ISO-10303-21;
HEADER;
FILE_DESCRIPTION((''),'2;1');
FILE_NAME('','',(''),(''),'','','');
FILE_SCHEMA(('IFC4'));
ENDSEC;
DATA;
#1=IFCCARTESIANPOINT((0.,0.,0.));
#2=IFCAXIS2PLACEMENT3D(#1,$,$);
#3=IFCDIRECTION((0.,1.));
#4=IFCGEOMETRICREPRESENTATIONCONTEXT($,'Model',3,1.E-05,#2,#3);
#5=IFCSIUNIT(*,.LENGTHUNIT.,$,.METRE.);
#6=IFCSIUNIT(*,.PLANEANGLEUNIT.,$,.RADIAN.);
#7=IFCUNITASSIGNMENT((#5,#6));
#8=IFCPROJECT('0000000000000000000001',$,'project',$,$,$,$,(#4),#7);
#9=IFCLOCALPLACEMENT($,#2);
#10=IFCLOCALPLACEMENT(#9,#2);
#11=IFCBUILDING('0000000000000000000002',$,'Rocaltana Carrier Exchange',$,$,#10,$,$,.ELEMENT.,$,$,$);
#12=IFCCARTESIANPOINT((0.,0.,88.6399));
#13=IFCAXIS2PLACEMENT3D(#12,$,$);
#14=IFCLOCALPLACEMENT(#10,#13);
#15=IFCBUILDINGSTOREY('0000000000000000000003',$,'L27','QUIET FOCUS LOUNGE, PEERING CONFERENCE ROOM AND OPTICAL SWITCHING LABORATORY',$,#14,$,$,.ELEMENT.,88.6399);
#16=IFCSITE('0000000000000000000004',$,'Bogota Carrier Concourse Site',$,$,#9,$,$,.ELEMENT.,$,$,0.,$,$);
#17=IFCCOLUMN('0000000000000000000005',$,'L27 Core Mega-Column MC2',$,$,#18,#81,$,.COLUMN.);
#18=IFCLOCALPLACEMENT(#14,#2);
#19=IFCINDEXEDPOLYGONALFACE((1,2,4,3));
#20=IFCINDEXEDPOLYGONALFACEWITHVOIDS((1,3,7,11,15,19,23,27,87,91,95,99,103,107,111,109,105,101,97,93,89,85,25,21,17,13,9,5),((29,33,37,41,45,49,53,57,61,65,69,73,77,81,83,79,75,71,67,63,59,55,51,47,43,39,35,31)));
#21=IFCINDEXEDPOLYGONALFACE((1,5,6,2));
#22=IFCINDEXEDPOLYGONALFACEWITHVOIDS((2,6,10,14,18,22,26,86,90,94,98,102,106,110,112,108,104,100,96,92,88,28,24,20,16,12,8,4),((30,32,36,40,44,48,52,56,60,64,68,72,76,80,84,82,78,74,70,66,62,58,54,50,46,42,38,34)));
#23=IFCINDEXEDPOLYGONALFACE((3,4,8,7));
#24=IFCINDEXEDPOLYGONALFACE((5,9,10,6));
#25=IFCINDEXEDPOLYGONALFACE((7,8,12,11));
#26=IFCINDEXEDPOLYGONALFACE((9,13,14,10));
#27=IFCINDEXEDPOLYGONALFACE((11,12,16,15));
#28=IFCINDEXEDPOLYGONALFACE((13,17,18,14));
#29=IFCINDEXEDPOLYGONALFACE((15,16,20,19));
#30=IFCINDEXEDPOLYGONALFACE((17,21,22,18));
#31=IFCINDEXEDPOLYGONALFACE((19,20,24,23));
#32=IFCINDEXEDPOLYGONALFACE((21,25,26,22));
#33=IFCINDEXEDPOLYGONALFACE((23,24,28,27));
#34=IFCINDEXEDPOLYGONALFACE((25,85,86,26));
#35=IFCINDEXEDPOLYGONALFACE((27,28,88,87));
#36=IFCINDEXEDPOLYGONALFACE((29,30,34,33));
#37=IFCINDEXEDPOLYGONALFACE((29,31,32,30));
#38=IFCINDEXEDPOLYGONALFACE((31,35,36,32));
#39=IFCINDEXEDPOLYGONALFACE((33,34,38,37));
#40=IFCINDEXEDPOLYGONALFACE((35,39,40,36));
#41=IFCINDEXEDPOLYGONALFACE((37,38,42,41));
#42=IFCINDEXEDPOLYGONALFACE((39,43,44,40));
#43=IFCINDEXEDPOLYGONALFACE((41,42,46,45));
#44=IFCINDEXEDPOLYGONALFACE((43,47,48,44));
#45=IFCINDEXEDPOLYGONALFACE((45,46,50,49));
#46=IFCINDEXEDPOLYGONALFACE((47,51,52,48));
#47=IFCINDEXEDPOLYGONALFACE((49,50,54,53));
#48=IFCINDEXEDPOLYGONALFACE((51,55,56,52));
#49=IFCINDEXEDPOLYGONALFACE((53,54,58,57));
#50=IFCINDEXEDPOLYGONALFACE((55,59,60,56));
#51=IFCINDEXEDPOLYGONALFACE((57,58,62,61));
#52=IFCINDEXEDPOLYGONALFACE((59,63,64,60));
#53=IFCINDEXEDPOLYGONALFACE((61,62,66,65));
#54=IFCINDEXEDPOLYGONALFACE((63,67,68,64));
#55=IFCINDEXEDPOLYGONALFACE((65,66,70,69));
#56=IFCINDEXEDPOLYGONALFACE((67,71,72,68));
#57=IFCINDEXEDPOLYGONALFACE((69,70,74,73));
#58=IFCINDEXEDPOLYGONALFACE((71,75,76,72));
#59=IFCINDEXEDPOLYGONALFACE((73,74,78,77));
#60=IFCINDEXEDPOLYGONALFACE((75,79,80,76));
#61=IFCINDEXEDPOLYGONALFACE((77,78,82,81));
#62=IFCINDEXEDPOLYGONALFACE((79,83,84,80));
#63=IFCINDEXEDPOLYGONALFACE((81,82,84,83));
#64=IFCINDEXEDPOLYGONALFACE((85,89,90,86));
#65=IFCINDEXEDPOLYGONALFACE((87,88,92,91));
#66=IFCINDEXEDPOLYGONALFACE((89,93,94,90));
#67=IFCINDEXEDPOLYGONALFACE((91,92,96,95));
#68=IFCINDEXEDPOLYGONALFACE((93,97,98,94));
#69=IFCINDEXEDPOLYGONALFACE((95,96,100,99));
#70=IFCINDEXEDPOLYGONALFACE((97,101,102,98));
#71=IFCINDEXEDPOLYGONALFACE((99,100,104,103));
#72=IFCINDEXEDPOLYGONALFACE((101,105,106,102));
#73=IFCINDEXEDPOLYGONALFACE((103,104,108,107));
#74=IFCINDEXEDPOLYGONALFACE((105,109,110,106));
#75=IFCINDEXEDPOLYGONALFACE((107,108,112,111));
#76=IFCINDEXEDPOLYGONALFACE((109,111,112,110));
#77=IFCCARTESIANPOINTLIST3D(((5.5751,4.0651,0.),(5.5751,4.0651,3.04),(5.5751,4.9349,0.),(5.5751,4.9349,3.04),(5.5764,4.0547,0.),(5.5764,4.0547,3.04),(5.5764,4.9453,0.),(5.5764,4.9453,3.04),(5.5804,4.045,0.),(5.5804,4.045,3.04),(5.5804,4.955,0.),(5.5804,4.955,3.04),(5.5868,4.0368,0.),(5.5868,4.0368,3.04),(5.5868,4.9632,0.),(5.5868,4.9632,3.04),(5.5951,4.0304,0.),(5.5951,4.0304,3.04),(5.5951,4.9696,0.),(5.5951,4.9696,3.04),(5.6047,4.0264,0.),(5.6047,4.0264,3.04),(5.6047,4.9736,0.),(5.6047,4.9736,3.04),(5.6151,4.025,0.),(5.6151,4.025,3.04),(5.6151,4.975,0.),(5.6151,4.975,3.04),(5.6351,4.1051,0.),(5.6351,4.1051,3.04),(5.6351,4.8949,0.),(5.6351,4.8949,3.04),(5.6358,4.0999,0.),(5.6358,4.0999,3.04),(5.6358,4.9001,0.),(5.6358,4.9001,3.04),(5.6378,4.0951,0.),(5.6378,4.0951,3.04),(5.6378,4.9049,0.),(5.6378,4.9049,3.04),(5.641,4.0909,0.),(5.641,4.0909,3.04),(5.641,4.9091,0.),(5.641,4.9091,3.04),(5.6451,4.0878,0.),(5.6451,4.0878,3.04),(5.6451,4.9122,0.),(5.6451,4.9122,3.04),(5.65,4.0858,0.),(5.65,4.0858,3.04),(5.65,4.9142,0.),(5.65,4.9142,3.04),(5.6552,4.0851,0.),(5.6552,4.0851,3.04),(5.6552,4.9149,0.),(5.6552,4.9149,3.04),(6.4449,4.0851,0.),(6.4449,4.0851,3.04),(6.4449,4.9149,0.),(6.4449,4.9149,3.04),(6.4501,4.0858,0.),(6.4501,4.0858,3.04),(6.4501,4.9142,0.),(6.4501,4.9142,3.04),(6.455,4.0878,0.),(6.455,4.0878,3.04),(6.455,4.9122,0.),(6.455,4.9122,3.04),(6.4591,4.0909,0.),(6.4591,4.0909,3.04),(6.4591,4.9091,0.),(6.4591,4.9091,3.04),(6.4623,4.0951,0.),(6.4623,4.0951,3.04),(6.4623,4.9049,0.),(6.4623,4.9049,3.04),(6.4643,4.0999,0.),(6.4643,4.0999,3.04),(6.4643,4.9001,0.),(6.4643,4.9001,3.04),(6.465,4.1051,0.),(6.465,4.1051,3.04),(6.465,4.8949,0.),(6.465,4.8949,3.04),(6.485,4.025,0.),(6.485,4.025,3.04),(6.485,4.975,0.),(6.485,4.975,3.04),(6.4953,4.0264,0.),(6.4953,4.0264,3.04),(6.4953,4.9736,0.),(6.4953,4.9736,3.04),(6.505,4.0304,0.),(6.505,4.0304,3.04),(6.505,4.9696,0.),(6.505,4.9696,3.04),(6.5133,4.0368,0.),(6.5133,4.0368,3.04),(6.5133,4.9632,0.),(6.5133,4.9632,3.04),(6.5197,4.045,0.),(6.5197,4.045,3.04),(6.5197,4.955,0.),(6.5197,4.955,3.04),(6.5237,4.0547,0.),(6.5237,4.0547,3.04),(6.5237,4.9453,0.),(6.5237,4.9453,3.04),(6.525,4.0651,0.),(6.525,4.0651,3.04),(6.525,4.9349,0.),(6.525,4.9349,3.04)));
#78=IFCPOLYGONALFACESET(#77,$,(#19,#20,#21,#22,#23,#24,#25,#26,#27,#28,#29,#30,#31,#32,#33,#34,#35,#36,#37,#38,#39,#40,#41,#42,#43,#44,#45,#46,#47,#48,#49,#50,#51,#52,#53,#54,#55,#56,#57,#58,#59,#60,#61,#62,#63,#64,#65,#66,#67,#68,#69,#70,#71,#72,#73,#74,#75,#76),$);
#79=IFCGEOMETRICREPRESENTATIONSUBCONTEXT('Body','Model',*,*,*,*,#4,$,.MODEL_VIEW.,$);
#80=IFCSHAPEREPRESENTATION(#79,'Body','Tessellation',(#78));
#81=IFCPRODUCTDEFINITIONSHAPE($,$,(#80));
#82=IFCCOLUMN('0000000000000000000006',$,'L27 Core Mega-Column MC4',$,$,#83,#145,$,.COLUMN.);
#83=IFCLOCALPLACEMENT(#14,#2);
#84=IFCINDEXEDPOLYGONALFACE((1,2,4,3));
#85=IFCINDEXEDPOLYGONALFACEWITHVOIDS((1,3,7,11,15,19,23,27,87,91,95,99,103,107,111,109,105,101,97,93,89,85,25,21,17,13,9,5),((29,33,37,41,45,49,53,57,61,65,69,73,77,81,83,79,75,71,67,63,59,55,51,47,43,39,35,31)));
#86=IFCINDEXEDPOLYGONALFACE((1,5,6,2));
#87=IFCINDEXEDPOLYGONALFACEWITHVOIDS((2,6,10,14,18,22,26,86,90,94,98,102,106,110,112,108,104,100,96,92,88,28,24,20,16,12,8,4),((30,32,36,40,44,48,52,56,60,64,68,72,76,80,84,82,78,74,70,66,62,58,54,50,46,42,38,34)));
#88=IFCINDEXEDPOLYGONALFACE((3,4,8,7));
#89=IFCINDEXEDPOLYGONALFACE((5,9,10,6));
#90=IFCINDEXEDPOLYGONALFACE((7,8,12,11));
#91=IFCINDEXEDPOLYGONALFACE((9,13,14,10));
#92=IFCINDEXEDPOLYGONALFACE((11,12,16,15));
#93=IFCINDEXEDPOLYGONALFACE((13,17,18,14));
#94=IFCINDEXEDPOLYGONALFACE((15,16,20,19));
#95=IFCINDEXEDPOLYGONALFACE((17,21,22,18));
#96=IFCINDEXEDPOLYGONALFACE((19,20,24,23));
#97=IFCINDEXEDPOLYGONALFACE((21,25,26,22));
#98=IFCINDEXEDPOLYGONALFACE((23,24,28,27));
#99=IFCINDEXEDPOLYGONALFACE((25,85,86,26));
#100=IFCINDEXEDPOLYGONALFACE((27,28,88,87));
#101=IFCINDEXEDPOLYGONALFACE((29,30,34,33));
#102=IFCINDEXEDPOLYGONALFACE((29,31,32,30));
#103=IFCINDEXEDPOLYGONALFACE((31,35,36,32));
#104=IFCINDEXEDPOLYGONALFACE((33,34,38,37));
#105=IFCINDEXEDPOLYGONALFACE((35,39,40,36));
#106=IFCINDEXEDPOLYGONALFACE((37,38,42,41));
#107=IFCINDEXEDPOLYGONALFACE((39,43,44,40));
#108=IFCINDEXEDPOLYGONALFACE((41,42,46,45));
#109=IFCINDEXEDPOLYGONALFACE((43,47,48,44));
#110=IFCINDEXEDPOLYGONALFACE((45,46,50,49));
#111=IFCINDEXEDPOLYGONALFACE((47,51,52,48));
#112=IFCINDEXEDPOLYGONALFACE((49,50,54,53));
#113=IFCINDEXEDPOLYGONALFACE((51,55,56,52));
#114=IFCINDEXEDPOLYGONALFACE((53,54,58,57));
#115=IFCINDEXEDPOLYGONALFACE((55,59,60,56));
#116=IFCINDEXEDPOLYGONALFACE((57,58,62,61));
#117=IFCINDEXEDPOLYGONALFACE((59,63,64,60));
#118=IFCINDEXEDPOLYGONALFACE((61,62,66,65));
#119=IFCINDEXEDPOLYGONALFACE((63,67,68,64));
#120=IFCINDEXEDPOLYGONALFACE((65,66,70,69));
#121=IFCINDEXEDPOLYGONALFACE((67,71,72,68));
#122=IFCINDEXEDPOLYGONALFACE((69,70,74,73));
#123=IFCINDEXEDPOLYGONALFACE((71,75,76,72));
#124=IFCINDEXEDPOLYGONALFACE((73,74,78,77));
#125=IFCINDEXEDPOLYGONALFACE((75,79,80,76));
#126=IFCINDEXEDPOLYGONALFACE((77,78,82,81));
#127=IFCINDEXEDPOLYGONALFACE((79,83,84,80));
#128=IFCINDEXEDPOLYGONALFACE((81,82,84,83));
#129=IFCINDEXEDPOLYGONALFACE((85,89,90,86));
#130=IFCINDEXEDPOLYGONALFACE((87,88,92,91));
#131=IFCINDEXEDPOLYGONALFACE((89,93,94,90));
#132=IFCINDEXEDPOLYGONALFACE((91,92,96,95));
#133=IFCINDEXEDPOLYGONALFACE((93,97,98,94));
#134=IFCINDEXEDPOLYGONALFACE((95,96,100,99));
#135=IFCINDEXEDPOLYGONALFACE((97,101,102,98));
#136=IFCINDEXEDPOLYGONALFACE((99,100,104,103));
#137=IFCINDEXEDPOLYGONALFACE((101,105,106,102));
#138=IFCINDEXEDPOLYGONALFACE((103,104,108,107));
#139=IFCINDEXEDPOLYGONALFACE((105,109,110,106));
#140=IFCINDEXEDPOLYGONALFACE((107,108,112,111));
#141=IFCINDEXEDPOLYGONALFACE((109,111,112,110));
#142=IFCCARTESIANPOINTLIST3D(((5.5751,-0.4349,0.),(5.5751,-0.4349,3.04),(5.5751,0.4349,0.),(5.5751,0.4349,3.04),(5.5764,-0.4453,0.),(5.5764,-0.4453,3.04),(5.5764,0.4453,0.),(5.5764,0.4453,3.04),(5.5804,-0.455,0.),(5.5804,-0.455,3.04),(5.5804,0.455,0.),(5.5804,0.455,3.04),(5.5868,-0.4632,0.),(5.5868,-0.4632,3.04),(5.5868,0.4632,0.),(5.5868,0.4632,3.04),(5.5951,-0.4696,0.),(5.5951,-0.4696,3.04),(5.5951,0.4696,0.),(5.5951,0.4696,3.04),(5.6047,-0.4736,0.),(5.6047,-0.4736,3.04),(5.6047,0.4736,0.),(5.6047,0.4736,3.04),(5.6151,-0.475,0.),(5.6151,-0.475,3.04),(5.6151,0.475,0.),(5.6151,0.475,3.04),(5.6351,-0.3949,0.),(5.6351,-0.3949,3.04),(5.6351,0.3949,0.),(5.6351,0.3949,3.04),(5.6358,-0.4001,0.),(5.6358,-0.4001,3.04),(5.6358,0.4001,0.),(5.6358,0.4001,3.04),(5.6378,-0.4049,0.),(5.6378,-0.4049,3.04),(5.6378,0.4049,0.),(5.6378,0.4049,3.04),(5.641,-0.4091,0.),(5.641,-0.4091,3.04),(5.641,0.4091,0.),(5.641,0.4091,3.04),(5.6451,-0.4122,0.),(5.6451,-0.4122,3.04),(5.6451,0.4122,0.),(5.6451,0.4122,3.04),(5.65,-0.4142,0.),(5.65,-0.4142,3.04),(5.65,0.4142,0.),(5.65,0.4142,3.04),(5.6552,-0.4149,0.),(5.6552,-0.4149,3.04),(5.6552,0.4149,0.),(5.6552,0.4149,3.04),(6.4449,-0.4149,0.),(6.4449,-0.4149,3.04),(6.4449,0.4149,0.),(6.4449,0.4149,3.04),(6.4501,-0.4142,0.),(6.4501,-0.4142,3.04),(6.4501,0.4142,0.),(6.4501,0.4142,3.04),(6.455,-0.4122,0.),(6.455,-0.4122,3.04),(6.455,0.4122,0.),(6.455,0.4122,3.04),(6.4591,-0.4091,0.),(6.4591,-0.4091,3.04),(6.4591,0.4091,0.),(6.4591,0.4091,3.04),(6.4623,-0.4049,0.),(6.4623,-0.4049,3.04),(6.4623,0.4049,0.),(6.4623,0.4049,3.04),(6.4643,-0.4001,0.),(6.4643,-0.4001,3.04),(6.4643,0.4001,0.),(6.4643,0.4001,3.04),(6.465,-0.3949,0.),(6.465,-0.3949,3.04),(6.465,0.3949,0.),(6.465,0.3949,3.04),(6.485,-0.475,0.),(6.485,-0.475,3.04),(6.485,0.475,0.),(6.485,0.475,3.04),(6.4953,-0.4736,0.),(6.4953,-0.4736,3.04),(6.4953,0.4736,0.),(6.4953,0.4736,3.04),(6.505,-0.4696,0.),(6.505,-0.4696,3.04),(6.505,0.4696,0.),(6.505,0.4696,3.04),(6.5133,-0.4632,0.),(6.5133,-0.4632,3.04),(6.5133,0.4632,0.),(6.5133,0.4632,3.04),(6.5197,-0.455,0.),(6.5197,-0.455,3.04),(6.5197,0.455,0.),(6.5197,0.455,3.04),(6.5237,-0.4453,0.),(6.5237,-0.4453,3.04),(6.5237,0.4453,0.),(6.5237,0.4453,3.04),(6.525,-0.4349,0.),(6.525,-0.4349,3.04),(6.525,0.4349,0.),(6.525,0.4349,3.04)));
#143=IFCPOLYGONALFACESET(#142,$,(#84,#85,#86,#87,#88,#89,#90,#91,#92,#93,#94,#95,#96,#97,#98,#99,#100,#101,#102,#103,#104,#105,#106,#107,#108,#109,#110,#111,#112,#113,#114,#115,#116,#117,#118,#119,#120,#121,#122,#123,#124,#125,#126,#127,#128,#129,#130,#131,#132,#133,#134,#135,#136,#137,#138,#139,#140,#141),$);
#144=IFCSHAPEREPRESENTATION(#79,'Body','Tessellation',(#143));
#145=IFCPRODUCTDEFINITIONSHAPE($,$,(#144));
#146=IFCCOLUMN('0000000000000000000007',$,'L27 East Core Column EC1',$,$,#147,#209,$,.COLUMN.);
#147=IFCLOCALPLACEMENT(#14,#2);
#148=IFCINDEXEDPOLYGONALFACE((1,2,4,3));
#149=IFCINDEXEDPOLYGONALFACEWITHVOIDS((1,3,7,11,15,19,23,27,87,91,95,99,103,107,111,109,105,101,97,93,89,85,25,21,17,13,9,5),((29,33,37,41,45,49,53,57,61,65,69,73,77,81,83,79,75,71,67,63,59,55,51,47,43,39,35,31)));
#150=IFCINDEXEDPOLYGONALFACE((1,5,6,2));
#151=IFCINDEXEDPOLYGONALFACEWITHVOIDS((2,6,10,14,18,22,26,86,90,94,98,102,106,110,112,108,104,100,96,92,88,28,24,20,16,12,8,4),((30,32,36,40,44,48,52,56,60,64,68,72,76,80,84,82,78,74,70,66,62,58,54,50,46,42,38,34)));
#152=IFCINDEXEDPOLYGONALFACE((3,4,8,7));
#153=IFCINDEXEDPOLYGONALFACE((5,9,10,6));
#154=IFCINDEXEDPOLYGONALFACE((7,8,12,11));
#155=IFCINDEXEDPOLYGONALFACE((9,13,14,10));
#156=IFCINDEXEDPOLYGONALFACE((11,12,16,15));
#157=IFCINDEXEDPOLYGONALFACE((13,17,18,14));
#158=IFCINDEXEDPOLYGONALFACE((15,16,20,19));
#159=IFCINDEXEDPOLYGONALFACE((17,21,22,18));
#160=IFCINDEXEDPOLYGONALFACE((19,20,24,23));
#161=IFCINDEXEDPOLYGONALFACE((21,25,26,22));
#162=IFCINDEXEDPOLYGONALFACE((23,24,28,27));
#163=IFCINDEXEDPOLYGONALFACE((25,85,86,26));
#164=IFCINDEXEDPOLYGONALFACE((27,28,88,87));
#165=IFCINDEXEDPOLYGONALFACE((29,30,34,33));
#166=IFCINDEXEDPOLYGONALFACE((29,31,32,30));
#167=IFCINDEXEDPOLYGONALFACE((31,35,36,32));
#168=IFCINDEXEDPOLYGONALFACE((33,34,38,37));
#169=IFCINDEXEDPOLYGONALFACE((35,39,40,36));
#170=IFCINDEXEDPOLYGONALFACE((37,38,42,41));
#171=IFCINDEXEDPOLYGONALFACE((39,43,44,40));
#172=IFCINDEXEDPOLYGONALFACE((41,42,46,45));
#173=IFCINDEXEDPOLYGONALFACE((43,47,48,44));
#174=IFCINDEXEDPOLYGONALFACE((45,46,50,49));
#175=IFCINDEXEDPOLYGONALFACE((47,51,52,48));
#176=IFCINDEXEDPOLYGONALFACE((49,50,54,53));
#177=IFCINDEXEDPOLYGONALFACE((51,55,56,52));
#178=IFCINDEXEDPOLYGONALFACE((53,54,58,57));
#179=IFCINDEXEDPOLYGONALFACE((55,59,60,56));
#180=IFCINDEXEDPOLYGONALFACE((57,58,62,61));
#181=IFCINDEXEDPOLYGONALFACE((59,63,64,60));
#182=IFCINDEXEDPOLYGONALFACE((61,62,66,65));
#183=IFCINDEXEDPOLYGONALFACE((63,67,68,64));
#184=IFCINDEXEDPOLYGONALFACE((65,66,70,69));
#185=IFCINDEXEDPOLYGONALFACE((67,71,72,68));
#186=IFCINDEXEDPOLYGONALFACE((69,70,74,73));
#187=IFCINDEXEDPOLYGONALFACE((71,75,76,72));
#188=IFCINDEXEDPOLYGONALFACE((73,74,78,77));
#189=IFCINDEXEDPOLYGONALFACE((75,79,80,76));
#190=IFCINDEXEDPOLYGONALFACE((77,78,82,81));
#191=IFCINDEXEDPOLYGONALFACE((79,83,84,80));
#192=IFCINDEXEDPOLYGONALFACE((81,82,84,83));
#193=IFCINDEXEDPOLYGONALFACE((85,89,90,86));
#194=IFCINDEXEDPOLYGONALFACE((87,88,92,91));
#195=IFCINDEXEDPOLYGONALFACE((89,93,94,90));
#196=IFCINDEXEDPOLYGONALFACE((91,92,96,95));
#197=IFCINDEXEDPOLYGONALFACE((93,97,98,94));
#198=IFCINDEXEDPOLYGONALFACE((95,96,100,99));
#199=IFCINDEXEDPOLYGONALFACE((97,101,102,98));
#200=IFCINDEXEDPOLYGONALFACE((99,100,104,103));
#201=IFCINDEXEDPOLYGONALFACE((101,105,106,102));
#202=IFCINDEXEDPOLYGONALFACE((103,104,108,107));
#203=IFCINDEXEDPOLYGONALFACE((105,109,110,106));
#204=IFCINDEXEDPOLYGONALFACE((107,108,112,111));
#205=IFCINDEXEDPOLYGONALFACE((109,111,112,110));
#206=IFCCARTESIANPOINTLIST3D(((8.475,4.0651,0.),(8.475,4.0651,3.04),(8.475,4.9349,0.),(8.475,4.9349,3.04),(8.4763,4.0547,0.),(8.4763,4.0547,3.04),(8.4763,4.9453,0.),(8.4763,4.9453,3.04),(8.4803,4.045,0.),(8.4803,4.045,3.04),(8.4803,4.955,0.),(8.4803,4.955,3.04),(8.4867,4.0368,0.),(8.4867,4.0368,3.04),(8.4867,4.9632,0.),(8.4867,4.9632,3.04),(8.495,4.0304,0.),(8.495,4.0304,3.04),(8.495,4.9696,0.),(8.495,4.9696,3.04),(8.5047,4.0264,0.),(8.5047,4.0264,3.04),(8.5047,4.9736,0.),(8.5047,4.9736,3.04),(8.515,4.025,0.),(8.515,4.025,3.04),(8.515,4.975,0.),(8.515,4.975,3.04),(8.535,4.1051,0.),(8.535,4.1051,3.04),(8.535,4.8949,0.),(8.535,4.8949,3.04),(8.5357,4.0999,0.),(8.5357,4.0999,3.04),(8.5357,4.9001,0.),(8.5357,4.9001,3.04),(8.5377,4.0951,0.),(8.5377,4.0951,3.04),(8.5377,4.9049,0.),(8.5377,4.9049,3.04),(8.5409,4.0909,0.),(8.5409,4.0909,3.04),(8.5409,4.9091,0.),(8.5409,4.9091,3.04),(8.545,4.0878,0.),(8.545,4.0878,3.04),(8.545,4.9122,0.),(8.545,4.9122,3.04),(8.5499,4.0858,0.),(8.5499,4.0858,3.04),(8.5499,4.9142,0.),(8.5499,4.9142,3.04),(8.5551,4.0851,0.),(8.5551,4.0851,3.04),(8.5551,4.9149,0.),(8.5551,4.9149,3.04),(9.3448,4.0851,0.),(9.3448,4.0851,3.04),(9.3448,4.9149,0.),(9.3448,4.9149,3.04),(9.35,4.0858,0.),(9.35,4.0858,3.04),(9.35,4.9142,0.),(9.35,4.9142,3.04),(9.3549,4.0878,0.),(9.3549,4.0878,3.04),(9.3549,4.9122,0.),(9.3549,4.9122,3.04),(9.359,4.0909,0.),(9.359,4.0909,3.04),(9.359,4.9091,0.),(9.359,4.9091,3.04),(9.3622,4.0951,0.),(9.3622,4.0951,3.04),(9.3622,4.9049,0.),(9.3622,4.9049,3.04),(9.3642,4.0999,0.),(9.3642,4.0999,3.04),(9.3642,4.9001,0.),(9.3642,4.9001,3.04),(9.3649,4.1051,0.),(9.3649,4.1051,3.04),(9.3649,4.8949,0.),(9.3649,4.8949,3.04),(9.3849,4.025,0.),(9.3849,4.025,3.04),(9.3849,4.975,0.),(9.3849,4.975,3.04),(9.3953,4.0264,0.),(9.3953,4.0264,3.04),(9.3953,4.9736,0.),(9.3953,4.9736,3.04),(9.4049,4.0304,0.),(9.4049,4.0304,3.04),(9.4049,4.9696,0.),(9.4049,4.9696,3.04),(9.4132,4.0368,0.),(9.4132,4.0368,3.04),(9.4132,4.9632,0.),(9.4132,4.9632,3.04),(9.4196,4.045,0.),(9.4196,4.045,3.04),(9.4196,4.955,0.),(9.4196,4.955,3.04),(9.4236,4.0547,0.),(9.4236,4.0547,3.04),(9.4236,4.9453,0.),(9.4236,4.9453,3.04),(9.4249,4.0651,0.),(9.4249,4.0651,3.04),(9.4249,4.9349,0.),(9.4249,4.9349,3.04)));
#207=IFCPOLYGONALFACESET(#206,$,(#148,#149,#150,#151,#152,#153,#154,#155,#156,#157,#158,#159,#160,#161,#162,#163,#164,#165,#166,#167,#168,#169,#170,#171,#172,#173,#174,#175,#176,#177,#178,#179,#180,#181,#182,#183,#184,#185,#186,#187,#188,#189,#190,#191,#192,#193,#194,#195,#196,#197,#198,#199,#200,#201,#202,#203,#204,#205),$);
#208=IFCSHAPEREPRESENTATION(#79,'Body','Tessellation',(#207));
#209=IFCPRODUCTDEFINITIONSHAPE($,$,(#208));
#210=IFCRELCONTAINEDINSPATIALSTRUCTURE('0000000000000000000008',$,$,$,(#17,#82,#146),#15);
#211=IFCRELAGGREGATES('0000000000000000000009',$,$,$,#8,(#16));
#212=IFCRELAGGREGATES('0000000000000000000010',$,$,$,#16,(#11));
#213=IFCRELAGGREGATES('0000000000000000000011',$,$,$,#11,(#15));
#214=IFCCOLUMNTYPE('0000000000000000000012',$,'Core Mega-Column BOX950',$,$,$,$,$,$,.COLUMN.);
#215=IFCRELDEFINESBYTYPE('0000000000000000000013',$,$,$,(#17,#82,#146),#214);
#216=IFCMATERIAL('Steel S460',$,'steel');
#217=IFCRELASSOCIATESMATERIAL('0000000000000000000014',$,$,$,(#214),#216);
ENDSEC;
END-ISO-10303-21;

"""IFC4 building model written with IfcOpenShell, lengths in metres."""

from ifc_helpers import new_model, si_unit, direction, frame, origin, origin_2d, place, context, subcontext, project, spatial, hollow_rectangle, extrude, material, material_profile, profile_set, type_object, element, save


model = new_model("IFC4")

# Units and contexts
model_context = context("Model", 3, precision=1e-05, world=origin(), true_north=direction((0.0, 1.0)))
body_context = subcontext(model_context, "Body", "Model", "MODEL_VIEW")
ifc_project = project(units=[si_unit("LENGTHUNIT", "METRE"), si_unit("PLANEANGLEUNIT", "RADIAN")], contexts=[model_context])

# Site, building, storey
site_placement = place(None, origin())
site = spatial("IfcSite", under=ifc_project, at=site_placement, Name="Bogota Carrier Concourse Site", CompositionType="ELEMENT", RefElevation=0.0)
building_placement = place(site_placement, origin())
building = spatial("IfcBuilding", under=site, at=building_placement, Name="Rocaltana Carrier Exchange", CompositionType="ELEMENT")
storey_placement = place(building_placement, frame((0.0, 0.0, 88.6399)))
storey = spatial("IfcBuildingStorey", under=building, at=storey_placement, Name="L27", Description="QUIET FOCUS LOUNGE, PEERING CONFERENCE ROOM AND OPTICAL SWITCHING LABORATORY", CompositionType="ELEMENT", Elevation=88.6399)

# Columns
ifc_material_1 = material(Name="Steel S460", Category="steel")
ifc_material_profile_1 = material_profile(ifc_material_1, hollow_rectangle(XDim=0.95, YDim=0.95, WallThickness=0.0601, InnerFilletRadius=0.02, OuterFilletRadius=0.04, at=origin_2d()), Name="BOX950X950X60")
ifc_profile_set_1 = profile_set([ifc_material_profile_1], Name="Steel S460")
column_type_1 = type_object("IfcColumnType", Name="Core Mega-Column BOX950", PredefinedType="COLUMN", material=ifc_profile_set_1)
for number, where, z_axis, x_axis, name in (
    (1, (6.05, 4.5, 0.0), (0.0, 0.0, 1.0), (1.0, 0.0, 0.0), "L27 Core Mega-Column MC2"),
    (2, (6.05, 0.0, 0.0), (0.0, 0.0, 1.0), (1.0, 0.0, 0.0), "L27 Core Mega-Column MC4"),
    (3, (8.95, 4.5, 0.0), (0.0, 0.0, 1.0), (1.0, 0.0, 0.0), "L27 East Core Column EC1"),
):
    element("IfcColumn", number, at=place(storey_placement, frame(where, z_axis=z_axis, x_axis=x_axis)), inside=storey, type_object=column_type_1, Name=name, PredefinedType="COLUMN", context=body_context, shape_type="SweptSolid", body=[
        extrude(hollow_rectangle(XDim=0.95, YDim=0.95, WallThickness=0.0601, InnerFilletRadius=0.02, OuterFilletRadius=0.04, at=origin_2d()), origin(), (0.0, 0.0, 1.0), 3.04),
    ])

save(model, "model.ifc")
